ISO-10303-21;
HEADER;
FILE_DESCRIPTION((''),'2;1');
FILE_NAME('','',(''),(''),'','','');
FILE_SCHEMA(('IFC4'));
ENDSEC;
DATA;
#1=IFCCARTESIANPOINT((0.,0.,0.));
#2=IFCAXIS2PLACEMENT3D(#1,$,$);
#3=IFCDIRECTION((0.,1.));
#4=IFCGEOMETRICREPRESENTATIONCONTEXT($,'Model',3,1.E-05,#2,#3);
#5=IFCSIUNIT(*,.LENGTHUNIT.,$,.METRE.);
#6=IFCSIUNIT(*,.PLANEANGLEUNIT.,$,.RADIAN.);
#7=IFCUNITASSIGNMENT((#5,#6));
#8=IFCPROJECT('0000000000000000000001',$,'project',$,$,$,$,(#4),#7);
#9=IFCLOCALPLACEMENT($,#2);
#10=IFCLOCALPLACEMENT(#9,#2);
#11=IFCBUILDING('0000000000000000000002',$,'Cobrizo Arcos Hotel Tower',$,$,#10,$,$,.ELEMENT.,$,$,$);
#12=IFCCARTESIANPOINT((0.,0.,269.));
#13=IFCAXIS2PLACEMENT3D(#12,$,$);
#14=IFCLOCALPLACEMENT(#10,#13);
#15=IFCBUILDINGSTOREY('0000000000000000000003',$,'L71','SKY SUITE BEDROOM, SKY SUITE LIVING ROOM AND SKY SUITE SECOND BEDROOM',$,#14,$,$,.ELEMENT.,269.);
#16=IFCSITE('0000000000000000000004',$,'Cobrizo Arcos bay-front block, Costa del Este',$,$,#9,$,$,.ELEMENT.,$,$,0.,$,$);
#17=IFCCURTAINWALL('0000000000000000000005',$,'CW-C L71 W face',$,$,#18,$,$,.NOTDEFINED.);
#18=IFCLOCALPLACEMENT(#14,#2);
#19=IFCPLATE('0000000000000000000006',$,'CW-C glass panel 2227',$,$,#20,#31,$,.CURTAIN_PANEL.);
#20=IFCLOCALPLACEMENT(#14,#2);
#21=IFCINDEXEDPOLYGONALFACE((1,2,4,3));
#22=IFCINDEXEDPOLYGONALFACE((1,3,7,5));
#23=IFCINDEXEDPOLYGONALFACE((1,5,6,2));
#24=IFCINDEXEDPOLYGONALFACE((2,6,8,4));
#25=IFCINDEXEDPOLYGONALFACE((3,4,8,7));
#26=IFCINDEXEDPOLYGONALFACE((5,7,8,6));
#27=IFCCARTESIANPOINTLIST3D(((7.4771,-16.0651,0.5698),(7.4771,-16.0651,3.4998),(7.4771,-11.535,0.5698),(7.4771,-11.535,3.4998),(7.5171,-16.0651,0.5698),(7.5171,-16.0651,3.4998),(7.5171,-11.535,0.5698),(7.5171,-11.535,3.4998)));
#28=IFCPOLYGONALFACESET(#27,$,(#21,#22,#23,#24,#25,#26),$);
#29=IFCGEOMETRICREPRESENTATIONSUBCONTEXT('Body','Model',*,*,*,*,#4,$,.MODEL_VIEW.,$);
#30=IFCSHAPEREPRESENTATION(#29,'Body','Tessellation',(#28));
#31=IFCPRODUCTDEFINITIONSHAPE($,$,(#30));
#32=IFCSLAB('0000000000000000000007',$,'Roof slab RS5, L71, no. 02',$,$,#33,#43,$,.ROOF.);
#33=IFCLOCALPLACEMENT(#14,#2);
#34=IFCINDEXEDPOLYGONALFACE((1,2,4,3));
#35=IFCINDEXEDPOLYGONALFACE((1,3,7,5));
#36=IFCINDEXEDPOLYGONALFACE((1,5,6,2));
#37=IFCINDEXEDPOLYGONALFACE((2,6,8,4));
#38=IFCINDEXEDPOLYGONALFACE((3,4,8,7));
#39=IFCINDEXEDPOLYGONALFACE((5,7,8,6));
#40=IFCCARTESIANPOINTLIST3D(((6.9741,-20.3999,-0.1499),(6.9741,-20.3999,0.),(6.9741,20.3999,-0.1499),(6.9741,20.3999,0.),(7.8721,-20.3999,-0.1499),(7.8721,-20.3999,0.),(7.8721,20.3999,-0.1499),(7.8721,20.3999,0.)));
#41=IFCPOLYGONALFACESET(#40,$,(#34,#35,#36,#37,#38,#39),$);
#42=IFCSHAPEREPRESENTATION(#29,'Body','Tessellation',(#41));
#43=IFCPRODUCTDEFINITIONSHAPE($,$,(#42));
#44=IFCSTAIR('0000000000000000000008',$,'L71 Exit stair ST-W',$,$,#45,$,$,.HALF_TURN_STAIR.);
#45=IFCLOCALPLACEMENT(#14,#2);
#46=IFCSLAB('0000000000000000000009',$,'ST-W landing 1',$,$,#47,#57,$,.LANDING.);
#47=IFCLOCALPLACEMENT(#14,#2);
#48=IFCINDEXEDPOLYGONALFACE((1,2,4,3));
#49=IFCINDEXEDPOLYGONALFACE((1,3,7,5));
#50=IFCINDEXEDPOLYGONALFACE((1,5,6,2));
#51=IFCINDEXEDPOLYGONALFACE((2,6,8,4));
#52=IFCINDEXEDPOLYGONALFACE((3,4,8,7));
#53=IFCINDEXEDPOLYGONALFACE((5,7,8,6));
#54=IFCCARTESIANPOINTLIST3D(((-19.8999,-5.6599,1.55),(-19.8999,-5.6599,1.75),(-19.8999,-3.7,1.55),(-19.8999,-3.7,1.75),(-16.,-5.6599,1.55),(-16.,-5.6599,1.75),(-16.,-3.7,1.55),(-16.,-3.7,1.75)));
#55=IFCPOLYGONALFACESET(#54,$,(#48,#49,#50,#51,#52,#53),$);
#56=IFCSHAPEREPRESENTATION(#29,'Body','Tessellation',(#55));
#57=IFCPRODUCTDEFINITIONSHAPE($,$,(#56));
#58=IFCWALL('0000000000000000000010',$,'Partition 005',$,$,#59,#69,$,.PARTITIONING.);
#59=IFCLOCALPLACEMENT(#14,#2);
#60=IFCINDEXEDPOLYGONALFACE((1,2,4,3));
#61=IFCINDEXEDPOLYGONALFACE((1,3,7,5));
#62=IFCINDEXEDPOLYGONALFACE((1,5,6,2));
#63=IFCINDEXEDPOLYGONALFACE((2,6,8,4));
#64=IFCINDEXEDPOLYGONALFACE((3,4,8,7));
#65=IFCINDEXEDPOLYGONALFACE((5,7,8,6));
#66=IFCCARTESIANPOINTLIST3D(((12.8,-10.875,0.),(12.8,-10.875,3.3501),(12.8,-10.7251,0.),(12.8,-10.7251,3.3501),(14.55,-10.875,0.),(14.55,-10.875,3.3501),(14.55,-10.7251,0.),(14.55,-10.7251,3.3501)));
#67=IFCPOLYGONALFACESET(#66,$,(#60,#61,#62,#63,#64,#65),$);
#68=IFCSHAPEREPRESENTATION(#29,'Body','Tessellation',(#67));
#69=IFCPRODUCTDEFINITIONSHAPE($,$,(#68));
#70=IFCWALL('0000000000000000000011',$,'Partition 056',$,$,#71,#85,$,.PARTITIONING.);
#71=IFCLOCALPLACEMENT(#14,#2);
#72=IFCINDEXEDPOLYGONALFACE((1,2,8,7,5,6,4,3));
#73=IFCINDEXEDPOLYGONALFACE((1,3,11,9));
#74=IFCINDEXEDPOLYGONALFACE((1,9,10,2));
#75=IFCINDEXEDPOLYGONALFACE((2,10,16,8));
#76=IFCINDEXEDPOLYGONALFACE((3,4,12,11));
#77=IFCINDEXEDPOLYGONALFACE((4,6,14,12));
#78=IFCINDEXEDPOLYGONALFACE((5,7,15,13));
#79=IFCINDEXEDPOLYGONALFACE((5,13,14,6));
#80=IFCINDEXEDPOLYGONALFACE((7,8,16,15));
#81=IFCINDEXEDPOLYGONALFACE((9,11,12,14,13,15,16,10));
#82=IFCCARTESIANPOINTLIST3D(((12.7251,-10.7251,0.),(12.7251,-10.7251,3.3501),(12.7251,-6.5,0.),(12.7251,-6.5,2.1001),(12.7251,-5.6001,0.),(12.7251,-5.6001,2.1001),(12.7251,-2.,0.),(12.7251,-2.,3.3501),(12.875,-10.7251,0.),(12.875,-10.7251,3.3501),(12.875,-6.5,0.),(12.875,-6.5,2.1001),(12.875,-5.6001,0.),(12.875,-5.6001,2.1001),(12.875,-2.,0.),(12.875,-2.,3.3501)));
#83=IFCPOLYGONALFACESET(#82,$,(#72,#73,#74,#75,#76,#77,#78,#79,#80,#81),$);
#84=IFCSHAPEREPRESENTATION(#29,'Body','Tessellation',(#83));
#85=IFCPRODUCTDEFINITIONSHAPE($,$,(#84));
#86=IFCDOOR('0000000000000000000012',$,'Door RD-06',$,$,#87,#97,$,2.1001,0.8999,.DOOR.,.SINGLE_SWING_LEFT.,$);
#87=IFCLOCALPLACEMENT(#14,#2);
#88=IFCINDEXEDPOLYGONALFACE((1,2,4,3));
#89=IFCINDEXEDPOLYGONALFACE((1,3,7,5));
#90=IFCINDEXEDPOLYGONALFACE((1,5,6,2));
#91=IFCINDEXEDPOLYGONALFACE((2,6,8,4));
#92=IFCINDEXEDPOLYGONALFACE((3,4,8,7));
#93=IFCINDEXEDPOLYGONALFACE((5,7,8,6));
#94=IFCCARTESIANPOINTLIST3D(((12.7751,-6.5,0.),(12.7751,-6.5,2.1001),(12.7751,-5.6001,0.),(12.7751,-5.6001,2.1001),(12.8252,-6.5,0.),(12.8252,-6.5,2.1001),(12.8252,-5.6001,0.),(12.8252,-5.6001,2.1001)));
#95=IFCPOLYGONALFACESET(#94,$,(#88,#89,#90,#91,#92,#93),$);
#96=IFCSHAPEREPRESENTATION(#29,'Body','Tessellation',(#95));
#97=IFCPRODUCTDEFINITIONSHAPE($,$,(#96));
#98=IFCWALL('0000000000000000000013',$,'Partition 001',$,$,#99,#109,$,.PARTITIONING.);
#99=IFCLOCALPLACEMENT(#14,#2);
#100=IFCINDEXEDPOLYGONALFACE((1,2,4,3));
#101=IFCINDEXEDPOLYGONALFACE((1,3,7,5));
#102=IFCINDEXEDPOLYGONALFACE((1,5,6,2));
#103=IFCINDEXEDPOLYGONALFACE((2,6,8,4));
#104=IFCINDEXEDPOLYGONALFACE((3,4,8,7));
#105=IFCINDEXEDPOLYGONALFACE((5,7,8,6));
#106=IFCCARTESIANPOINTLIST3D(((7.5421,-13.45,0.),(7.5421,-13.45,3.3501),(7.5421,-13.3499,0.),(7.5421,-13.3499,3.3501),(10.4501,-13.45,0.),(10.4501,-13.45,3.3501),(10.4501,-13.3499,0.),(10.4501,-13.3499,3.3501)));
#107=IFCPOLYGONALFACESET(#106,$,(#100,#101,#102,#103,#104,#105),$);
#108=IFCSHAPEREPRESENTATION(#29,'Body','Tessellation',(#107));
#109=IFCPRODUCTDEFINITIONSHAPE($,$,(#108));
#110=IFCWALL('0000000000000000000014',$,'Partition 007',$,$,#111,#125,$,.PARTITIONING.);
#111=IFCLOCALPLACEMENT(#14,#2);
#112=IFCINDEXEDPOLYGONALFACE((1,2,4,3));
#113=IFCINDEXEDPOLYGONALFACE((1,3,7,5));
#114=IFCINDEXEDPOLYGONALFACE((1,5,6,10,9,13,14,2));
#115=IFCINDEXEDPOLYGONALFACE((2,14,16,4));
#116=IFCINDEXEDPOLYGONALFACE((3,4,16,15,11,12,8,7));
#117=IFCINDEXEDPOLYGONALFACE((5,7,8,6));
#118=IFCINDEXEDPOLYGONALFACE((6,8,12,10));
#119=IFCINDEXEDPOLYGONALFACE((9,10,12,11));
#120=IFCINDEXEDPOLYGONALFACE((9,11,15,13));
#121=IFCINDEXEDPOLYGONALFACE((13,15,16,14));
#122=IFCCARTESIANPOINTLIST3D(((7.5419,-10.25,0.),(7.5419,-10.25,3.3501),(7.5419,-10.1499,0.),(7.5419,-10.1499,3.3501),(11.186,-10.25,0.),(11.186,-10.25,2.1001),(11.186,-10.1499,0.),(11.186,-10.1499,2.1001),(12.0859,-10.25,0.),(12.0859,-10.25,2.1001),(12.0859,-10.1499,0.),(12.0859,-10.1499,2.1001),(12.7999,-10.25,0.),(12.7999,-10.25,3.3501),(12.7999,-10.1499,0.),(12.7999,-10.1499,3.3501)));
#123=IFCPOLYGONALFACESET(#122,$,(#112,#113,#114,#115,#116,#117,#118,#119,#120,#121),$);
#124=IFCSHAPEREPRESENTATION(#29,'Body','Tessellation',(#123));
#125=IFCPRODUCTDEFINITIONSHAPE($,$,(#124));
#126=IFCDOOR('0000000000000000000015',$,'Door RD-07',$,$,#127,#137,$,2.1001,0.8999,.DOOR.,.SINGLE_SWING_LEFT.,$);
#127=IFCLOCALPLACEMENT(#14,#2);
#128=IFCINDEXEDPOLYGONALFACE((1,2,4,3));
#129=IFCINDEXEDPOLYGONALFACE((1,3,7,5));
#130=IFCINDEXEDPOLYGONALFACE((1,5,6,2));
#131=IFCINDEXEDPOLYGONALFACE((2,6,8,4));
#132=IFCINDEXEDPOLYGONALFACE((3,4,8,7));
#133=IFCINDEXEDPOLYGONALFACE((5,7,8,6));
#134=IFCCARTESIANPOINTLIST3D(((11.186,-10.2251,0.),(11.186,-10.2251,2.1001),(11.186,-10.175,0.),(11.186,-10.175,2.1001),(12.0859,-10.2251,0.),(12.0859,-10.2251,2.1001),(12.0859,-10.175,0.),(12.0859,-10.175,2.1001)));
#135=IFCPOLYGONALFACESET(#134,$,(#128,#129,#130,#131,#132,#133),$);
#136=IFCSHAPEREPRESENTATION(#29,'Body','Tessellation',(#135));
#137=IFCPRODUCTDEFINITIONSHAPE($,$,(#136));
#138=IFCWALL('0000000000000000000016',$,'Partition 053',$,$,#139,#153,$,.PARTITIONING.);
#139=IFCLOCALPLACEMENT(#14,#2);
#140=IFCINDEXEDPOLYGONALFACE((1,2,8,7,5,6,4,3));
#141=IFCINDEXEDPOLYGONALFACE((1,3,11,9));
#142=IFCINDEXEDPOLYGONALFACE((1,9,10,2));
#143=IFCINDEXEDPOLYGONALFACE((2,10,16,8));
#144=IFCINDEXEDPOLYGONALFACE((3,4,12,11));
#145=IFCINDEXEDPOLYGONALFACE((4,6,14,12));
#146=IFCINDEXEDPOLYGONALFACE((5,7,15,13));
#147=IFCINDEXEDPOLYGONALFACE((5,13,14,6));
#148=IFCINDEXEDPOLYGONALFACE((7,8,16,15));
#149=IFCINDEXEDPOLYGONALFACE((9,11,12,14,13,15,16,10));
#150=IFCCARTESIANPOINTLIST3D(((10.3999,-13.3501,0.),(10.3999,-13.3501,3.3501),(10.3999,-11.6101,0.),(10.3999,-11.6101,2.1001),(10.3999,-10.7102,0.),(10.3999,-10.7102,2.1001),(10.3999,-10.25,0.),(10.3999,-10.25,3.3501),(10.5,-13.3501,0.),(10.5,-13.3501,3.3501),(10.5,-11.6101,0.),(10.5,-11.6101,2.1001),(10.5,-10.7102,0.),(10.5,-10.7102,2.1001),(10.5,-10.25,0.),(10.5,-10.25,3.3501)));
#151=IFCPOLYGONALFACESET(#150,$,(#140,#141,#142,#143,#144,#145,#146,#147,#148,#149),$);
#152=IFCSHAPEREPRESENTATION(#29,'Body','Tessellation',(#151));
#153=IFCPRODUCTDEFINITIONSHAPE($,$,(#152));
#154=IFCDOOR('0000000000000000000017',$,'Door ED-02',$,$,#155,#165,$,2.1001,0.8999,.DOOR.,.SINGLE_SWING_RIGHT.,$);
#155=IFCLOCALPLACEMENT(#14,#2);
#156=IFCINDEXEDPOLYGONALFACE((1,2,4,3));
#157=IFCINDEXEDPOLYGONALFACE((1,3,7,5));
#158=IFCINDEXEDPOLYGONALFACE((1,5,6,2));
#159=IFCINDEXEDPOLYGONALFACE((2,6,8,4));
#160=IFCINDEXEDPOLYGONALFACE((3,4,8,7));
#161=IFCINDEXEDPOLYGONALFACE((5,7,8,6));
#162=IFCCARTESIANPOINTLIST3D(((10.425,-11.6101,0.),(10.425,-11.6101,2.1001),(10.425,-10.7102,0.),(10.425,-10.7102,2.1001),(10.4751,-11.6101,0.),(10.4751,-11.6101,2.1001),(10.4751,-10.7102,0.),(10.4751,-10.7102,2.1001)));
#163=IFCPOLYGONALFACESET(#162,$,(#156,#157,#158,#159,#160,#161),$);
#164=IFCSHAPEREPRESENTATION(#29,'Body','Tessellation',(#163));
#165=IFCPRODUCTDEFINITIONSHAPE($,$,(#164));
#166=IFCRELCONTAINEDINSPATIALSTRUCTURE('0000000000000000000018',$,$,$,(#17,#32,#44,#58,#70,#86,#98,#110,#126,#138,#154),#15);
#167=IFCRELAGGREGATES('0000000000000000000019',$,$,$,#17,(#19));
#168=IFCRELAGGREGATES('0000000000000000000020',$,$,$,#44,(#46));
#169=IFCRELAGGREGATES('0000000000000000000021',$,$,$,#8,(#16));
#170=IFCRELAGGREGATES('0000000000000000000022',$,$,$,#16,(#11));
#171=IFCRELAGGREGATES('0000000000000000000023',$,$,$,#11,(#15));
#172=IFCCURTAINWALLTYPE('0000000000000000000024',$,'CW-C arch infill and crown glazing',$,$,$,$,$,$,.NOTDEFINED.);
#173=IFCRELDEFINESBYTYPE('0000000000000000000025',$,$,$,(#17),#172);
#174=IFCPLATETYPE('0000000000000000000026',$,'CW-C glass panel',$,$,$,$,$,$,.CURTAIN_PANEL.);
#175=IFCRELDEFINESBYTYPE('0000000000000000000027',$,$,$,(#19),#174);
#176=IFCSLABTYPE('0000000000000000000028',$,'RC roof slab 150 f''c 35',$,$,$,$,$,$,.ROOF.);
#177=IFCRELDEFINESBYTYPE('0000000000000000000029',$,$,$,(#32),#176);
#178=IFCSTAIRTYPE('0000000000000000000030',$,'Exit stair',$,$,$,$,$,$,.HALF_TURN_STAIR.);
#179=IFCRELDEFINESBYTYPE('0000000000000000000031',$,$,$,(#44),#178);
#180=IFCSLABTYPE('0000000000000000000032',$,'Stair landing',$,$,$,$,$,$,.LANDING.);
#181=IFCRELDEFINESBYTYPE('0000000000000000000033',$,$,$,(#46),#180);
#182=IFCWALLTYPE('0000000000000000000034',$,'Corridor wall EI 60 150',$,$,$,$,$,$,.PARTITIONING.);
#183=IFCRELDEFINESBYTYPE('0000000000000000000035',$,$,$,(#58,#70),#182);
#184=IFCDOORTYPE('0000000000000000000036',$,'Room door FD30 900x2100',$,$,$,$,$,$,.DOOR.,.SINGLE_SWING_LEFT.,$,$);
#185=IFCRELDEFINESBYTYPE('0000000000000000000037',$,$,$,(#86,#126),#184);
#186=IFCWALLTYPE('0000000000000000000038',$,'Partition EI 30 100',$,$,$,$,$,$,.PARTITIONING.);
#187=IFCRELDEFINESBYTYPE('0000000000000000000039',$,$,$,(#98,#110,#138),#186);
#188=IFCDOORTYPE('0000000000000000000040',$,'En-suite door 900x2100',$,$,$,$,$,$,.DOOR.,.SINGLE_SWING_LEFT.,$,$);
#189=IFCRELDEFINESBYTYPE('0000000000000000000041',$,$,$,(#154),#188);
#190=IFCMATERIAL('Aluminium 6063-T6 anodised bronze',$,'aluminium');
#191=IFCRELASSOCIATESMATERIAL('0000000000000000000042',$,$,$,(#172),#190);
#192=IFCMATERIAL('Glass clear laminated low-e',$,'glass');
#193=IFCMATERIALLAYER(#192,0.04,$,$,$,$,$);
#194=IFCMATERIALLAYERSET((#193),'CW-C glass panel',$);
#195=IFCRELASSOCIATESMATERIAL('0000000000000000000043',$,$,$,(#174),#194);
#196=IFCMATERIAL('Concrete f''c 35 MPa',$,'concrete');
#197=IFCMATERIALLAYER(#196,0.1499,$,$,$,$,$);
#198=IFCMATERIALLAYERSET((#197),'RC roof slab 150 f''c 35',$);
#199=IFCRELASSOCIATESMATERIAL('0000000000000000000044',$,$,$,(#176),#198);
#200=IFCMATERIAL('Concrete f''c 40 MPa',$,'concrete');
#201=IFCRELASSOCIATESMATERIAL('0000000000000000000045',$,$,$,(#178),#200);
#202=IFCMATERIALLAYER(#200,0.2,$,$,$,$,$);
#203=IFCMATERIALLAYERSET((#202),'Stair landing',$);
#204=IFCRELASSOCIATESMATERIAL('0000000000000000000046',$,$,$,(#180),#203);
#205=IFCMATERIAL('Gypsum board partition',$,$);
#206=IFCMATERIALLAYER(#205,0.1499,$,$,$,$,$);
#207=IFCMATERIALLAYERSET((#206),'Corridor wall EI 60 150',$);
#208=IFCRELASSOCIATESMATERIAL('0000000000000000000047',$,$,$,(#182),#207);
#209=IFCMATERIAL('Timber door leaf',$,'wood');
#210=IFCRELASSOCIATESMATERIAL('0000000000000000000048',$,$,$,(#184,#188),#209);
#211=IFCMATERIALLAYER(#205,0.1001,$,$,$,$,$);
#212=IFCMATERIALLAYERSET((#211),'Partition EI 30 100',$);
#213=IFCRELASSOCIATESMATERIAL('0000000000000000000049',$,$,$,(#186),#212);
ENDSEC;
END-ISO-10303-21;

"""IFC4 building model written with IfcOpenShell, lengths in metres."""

from ifc_helpers import new_model, si_unit, direction, frame, frame_2d, origin, origin_2d, place, context, subcontext, project, spatial, polyline, rectangle, outline, extrude, material, layer, layer_set, type_object, element, fill, aggregate, save


model = new_model("IFC4")

# Units and contexts
model_context = context("Model", 3, precision=1e-05, world=origin(), true_north=direction((0.0, 1.0)))
body_context = subcontext(model_context, "Body", "Model", "MODEL_VIEW")
ifc_project = project(units=[si_unit("LENGTHUNIT", "METRE"), si_unit("PLANEANGLEUNIT", "RADIAN")], contexts=[model_context])

# Site, building, storey
site_placement = place(None, origin())
site = spatial("IfcSite", under=ifc_project, at=site_placement, Name="Cobrizo Arcos bay-front block, Costa del Este", CompositionType="ELEMENT", RefElevation=0.0)
building_placement = place(site_placement, origin())
building = spatial("IfcBuilding", under=site, at=building_placement, Name="Cobrizo Arcos Hotel Tower", CompositionType="ELEMENT")
storey_placement = place(building_placement, frame((0.0, 0.0, 269.0)))
storey = spatial("IfcBuildingStorey", under=building, at=storey_placement, Name="L71", Description="SKY SUITE BEDROOM, SKY SUITE LIVING ROOM AND SKY SUITE SECOND BEDROOM", CompositionType="ELEMENT", Elevation=269.0)

# Curtain wall
ifc_material_1 = material(Name="Aluminium 6063-T6 anodised bronze", Category="aluminium")
curtain_wall_type = type_object("IfcCurtainWallType", Name="CW-C arch infill and crown glazing", PredefinedType="NOTDEFINED", material=ifc_material_1)
curtain_wall_placement = place(storey_placement, origin())
curtain_wall = element("IfcCurtainWall", 1, at=curtain_wall_placement, inside=storey, type_object=curtain_wall_type, Name="CW-C L71 W face", PredefinedType="NOTDEFINED")

# Plate
ifc_material_2 = material(Name="Glass clear laminated low-e", Category="glass")
ifc_layer_1 = layer(ifc_material_2, 0.04)
ifc_layer_set_1 = layer_set([ifc_layer_1], Name="CW-C glass panel")
plate_type = type_object("IfcPlateType", Name="CW-C glass panel", PredefinedType="CURTAIN_PANEL", material=ifc_layer_set_1)
plate_1_placement = place(storey_placement, frame((7.4971, -13.8, 0.5698), z_axis=(0.0, 0.0, 1.0), x_axis=(0.0, -1.0, 0.0)))
plate_1 = element("IfcPlate", 2, at=plate_1_placement, type_object=plate_type, Name="CW-C glass panel 2227", PredefinedType="CURTAIN_PANEL", context=body_context, shape_type="SweptSolid", body=[
    extrude(rectangle(XDim=4.53, YDim=0.04, at=origin_2d()), origin(), (0.0, 0.0, 1.0), 2.9299),
])
aggregate(curtain_wall, [plate_1])

# Slab
ifc_material_3 = material(Name="Concrete f'c 35 MPa", Category="concrete")
ifc_layer_2 = layer(ifc_material_3, 0.1499)
ifc_layer_set_2 = layer_set([ifc_layer_2], Name="RC roof slab 150 f'c 35")
slab_type_1 = type_object("IfcSlabType", Name="RC roof slab 150 f'c 35", PredefinedType="ROOF", material=ifc_layer_set_2)
slab_1_placement = place(storey_placement, frame((0.0, 0.0, -0.1499)))
element("IfcSlab", 3, at=slab_1_placement, inside=storey, type_object=slab_type_1, Name="Roof slab RS5, L71, no. 02", PredefinedType="ROOF", context=body_context, shape_type="SweptSolid", body=[
    extrude(outline(polyline([(7.8721, 20.3999), (7.8721, -20.3999), (6.9741, -20.3999), (6.9741, 20.3999), (7.8721, 20.3999)])), origin(), (0.0, 0.0, 1.0), 0.1499),
])

# Stair, slab
ifc_material_4 = material(Name="Concrete f'c 40 MPa", Category="concrete")
stair_type = type_object("IfcStairType", Name="Exit stair", PredefinedType="HALF_TURN_STAIR", material=ifc_material_4)
stair_placement = place(storey_placement, origin())
stair = element("IfcStair", 4, at=stair_placement, inside=storey, type_object=stair_type, Name="L71 Exit stair ST-W", PredefinedType="HALF_TURN_STAIR")
ifc_layer_3 = layer(ifc_material_4, 0.2)
ifc_layer_set_3 = layer_set([ifc_layer_3], Name="Stair landing")
slab_type_2 = type_object("IfcSlabType", Name="Stair landing", PredefinedType="LANDING", material=ifc_layer_set_3)
slab_2_placement = place(storey_placement, frame((0.0, 0.0, 1.55)))
slab_2 = element("IfcSlab", 5, at=slab_2_placement, type_object=slab_type_2, Name="ST-W landing 1", PredefinedType="LANDING", context=body_context, shape_type="SweptSolid", body=[
    extrude(outline(polyline([(-16.0, -5.6599), (-16.0, -3.7), (-19.8999, -3.7), (-19.8999, -5.6599), (-16.0, -5.6599)])), origin(), (0.0, 0.0, 1.0), 0.2),
])
aggregate(stair, [slab_2])

# Wall
ifc_material_5 = material(Name="Gypsum board partition")
ifc_layer_4 = layer(ifc_material_5, 0.1499)
ifc_layer_set_4 = layer_set([ifc_layer_4], Name="Corridor wall EI 60 150")
wall_type_1 = type_object("IfcWallType", Name="Corridor wall EI 60 150", PredefinedType="PARTITIONING", material=ifc_layer_set_4)
wall_1_placement = place(storey_placement, frame((12.8, -10.8, 0.0), z_axis=(0.0, 0.0, 1.0), x_axis=(1.0, 0.0, 0.0)))
element("IfcWall", 6, at=wall_1_placement, inside=storey, type_object=wall_type_1, Name="Partition 005", PredefinedType="PARTITIONING", context=body_context, shape_type="SweptSolid", body=[
    extrude(rectangle(XDim=1.75, YDim=0.1499, at=frame_2d((0.875, 0.0))), origin(), (0.0, 0.0, 1.0), 3.3501),
])

# Wall, opening, door
wall_2_placement = place(storey_placement, frame((12.8, -10.7251, 0.0), z_axis=(0.0, 0.0, 1.0), x_axis=(0.0, 1.0, 0.0)))
wall_2 = element("IfcWall", 7, at=wall_2_placement, inside=storey, type_object=wall_type_1, Name="Partition 056", PredefinedType="PARTITIONING", context=body_context, shape_type="SweptSolid", body=[
    extrude(rectangle(XDim=8.7251, YDim=0.1499, at=frame_2d((4.3625, 0.0))), origin(), (0.0, 0.0, 1.0), 3.3501),
])
opening_1_placement = place(wall_2_placement, frame((4.2251, 0.0, 0.0)))
opening_1 = element("IfcOpeningElement", 8, at=opening_1_placement, cuts=wall_2, PredefinedType="OPENING", context=body_context, shape_type="SweptSolid", body=[
    extrude(rectangle(XDim=0.8999, YDim=2.1001, at=frame_2d((0.45, 1.05))), frame((0.0, 0.0869, 0.0), z_axis=(0.0, -1.0, 0.0), x_axis=(1.0, 0.0, 0.0)), (0.0, 0.0, 1.0), 0.1738),
])
ifc_material_6 = material(Name="Timber door leaf", Category="wood")
door_type_1 = type_object("IfcDoorType", Name="Room door FD30 900x2100", OperationType="SINGLE_SWING_LEFT", PredefinedType="DOOR", material=ifc_material_6)
door_1_placement = place(opening_1_placement, origin())
door_1 = element("IfcDoor", 9, at=door_1_placement, inside=storey, type_object=door_type_1, Name="Door RD-06", OperationType="SINGLE_SWING_LEFT", OverallHeight=2.1001, OverallWidth=0.8999, PredefinedType="DOOR", context=body_context, shape_type="SweptSolid", body=[
    extrude(rectangle(XDim=0.8999, YDim=2.1001, at=frame_2d((0.45, 1.05))), frame((0.0, 0.0249, 0.0), z_axis=(0.0, -1.0, 0.0), x_axis=(1.0, 0.0, 0.0)), (0.0, 0.0, 1.0), 0.05),
])
fill(opening_1, door_1)

# Wall
ifc_layer_5 = layer(ifc_material_5, 0.1001)
ifc_layer_set_5 = layer_set([ifc_layer_5], Name="Partition EI 30 100")
wall_type_2 = type_object("IfcWallType", Name="Partition EI 30 100", PredefinedType="PARTITIONING", material=ifc_layer_set_5)
wall_3_placement = place(storey_placement, frame((7.542, -13.3999, 0.0), z_axis=(0.0, 0.0, 1.0), x_axis=(1.0, 0.0, 0.0)))
element("IfcWall", 10, at=wall_3_placement, inside=storey, type_object=wall_type_2, Name="Partition 001", PredefinedType="PARTITIONING", context=body_context, shape_type="SweptSolid", body=[
    extrude(rectangle(XDim=2.908, YDim=0.1001, at=frame_2d((1.4541, 0.0))), origin(), (0.0, 0.0, 1.0), 3.3501),
])

# Walls, openings, doors
wall_4_placement = place(storey_placement, frame((7.542, -10.2, 0.0), z_axis=(0.0, 0.0, 1.0), x_axis=(1.0, 0.0, 0.0)))
wall_4 = element("IfcWall", 11, at=wall_4_placement, inside=storey, type_object=wall_type_2, Name="Partition 007", PredefinedType="PARTITIONING", context=body_context, shape_type="SweptSolid", body=[
    extrude(rectangle(XDim=5.2581, YDim=0.1001, at=frame_2d((2.6289, 0.0))), origin(), (0.0, 0.0, 1.0), 3.3501),
])
opening_2_placement = place(wall_4_placement, frame((3.644, 0.0, 0.0)))
opening_2 = element("IfcOpeningElement", 12, at=opening_2_placement, cuts=wall_4, PredefinedType="OPENING", context=body_context, shape_type="SweptSolid", body=[
    extrude(rectangle(XDim=0.8999, YDim=2.1001, at=frame_2d((0.45, 1.05))), frame((0.0, 0.062, 0.0), z_axis=(0.0, -1.0, 0.0), x_axis=(1.0, 0.0, 0.0)), (0.0, 0.0, 1.0), 0.124),
])
door_2_placement = place(opening_2_placement, origin())
door_2 = element("IfcDoor", 13, at=door_2_placement, inside=storey, type_object=door_type_1, Name="Door RD-07", OperationType="SINGLE_SWING_LEFT", OverallHeight=2.1001, OverallWidth=0.8999, PredefinedType="DOOR", context=body_context, shape_type="SweptSolid", body=[
    extrude(rectangle(XDim=0.8999, YDim=2.1001, at=frame_2d((0.45, 1.05))), frame((0.0, 0.0249, 0.0), z_axis=(0.0, -1.0, 0.0), x_axis=(1.0, 0.0, 0.0)), (0.0, 0.0, 1.0), 0.05),
])
fill(opening_2, door_2)
wall_5_placement = place(storey_placement, frame((10.45, -13.3501, 0.0), z_axis=(0.0, 0.0, 1.0), x_axis=(0.0, 1.0, 0.0)))
wall_5 = element("IfcWall", 14, at=wall_5_placement, inside=storey, type_object=wall_type_2, Name="Partition 053", PredefinedType="PARTITIONING", context=body_context, shape_type="SweptSolid", body=[
    extrude(rectangle(XDim=3.1001, YDim=0.1001, at=frame_2d((1.55, 0.0))), origin(), (0.0, 0.0, 1.0), 3.3501),
])
opening_3_placement = place(wall_5_placement, frame((1.74, 0.0, 0.0)))
opening_3 = element("IfcOpeningElement", 15, at=opening_3_placement, cuts=wall_5, PredefinedType="OPENING", context=body_context, shape_type="SweptSolid", body=[
    extrude(rectangle(XDim=0.8999, YDim=2.1001, at=frame_2d((0.45, 1.05))), frame((0.0, 0.062, 0.0), z_axis=(0.0, -1.0, 0.0), x_axis=(1.0, 0.0, 0.0)), (0.0, 0.0, 1.0), 0.124),
])
door_type_2 = type_object("IfcDoorType", Name="En-suite door 900x2100", OperationType="SINGLE_SWING_LEFT", PredefinedType="DOOR", material=ifc_material_6)
door_3_placement = place(opening_3_placement, origin())
door_3 = element("IfcDoor", 16, at=door_3_placement, inside=storey, type_object=door_type_2, Name="Door ED-02", OperationType="SINGLE_SWING_RIGHT", OverallHeight=2.1001, OverallWidth=0.8999, PredefinedType="DOOR", context=body_context, shape_type="SweptSolid", body=[
    extrude(rectangle(XDim=0.8999, YDim=2.1001, at=frame_2d((0.45, 1.05))), frame((0.0, 0.0249, 0.0), z_axis=(0.0, -1.0, 0.0), x_axis=(1.0, 0.0, 0.0)), (0.0, 0.0, 1.0), 0.05),
])
fill(opening_3, door_3)

save(model, "model.ifc")
